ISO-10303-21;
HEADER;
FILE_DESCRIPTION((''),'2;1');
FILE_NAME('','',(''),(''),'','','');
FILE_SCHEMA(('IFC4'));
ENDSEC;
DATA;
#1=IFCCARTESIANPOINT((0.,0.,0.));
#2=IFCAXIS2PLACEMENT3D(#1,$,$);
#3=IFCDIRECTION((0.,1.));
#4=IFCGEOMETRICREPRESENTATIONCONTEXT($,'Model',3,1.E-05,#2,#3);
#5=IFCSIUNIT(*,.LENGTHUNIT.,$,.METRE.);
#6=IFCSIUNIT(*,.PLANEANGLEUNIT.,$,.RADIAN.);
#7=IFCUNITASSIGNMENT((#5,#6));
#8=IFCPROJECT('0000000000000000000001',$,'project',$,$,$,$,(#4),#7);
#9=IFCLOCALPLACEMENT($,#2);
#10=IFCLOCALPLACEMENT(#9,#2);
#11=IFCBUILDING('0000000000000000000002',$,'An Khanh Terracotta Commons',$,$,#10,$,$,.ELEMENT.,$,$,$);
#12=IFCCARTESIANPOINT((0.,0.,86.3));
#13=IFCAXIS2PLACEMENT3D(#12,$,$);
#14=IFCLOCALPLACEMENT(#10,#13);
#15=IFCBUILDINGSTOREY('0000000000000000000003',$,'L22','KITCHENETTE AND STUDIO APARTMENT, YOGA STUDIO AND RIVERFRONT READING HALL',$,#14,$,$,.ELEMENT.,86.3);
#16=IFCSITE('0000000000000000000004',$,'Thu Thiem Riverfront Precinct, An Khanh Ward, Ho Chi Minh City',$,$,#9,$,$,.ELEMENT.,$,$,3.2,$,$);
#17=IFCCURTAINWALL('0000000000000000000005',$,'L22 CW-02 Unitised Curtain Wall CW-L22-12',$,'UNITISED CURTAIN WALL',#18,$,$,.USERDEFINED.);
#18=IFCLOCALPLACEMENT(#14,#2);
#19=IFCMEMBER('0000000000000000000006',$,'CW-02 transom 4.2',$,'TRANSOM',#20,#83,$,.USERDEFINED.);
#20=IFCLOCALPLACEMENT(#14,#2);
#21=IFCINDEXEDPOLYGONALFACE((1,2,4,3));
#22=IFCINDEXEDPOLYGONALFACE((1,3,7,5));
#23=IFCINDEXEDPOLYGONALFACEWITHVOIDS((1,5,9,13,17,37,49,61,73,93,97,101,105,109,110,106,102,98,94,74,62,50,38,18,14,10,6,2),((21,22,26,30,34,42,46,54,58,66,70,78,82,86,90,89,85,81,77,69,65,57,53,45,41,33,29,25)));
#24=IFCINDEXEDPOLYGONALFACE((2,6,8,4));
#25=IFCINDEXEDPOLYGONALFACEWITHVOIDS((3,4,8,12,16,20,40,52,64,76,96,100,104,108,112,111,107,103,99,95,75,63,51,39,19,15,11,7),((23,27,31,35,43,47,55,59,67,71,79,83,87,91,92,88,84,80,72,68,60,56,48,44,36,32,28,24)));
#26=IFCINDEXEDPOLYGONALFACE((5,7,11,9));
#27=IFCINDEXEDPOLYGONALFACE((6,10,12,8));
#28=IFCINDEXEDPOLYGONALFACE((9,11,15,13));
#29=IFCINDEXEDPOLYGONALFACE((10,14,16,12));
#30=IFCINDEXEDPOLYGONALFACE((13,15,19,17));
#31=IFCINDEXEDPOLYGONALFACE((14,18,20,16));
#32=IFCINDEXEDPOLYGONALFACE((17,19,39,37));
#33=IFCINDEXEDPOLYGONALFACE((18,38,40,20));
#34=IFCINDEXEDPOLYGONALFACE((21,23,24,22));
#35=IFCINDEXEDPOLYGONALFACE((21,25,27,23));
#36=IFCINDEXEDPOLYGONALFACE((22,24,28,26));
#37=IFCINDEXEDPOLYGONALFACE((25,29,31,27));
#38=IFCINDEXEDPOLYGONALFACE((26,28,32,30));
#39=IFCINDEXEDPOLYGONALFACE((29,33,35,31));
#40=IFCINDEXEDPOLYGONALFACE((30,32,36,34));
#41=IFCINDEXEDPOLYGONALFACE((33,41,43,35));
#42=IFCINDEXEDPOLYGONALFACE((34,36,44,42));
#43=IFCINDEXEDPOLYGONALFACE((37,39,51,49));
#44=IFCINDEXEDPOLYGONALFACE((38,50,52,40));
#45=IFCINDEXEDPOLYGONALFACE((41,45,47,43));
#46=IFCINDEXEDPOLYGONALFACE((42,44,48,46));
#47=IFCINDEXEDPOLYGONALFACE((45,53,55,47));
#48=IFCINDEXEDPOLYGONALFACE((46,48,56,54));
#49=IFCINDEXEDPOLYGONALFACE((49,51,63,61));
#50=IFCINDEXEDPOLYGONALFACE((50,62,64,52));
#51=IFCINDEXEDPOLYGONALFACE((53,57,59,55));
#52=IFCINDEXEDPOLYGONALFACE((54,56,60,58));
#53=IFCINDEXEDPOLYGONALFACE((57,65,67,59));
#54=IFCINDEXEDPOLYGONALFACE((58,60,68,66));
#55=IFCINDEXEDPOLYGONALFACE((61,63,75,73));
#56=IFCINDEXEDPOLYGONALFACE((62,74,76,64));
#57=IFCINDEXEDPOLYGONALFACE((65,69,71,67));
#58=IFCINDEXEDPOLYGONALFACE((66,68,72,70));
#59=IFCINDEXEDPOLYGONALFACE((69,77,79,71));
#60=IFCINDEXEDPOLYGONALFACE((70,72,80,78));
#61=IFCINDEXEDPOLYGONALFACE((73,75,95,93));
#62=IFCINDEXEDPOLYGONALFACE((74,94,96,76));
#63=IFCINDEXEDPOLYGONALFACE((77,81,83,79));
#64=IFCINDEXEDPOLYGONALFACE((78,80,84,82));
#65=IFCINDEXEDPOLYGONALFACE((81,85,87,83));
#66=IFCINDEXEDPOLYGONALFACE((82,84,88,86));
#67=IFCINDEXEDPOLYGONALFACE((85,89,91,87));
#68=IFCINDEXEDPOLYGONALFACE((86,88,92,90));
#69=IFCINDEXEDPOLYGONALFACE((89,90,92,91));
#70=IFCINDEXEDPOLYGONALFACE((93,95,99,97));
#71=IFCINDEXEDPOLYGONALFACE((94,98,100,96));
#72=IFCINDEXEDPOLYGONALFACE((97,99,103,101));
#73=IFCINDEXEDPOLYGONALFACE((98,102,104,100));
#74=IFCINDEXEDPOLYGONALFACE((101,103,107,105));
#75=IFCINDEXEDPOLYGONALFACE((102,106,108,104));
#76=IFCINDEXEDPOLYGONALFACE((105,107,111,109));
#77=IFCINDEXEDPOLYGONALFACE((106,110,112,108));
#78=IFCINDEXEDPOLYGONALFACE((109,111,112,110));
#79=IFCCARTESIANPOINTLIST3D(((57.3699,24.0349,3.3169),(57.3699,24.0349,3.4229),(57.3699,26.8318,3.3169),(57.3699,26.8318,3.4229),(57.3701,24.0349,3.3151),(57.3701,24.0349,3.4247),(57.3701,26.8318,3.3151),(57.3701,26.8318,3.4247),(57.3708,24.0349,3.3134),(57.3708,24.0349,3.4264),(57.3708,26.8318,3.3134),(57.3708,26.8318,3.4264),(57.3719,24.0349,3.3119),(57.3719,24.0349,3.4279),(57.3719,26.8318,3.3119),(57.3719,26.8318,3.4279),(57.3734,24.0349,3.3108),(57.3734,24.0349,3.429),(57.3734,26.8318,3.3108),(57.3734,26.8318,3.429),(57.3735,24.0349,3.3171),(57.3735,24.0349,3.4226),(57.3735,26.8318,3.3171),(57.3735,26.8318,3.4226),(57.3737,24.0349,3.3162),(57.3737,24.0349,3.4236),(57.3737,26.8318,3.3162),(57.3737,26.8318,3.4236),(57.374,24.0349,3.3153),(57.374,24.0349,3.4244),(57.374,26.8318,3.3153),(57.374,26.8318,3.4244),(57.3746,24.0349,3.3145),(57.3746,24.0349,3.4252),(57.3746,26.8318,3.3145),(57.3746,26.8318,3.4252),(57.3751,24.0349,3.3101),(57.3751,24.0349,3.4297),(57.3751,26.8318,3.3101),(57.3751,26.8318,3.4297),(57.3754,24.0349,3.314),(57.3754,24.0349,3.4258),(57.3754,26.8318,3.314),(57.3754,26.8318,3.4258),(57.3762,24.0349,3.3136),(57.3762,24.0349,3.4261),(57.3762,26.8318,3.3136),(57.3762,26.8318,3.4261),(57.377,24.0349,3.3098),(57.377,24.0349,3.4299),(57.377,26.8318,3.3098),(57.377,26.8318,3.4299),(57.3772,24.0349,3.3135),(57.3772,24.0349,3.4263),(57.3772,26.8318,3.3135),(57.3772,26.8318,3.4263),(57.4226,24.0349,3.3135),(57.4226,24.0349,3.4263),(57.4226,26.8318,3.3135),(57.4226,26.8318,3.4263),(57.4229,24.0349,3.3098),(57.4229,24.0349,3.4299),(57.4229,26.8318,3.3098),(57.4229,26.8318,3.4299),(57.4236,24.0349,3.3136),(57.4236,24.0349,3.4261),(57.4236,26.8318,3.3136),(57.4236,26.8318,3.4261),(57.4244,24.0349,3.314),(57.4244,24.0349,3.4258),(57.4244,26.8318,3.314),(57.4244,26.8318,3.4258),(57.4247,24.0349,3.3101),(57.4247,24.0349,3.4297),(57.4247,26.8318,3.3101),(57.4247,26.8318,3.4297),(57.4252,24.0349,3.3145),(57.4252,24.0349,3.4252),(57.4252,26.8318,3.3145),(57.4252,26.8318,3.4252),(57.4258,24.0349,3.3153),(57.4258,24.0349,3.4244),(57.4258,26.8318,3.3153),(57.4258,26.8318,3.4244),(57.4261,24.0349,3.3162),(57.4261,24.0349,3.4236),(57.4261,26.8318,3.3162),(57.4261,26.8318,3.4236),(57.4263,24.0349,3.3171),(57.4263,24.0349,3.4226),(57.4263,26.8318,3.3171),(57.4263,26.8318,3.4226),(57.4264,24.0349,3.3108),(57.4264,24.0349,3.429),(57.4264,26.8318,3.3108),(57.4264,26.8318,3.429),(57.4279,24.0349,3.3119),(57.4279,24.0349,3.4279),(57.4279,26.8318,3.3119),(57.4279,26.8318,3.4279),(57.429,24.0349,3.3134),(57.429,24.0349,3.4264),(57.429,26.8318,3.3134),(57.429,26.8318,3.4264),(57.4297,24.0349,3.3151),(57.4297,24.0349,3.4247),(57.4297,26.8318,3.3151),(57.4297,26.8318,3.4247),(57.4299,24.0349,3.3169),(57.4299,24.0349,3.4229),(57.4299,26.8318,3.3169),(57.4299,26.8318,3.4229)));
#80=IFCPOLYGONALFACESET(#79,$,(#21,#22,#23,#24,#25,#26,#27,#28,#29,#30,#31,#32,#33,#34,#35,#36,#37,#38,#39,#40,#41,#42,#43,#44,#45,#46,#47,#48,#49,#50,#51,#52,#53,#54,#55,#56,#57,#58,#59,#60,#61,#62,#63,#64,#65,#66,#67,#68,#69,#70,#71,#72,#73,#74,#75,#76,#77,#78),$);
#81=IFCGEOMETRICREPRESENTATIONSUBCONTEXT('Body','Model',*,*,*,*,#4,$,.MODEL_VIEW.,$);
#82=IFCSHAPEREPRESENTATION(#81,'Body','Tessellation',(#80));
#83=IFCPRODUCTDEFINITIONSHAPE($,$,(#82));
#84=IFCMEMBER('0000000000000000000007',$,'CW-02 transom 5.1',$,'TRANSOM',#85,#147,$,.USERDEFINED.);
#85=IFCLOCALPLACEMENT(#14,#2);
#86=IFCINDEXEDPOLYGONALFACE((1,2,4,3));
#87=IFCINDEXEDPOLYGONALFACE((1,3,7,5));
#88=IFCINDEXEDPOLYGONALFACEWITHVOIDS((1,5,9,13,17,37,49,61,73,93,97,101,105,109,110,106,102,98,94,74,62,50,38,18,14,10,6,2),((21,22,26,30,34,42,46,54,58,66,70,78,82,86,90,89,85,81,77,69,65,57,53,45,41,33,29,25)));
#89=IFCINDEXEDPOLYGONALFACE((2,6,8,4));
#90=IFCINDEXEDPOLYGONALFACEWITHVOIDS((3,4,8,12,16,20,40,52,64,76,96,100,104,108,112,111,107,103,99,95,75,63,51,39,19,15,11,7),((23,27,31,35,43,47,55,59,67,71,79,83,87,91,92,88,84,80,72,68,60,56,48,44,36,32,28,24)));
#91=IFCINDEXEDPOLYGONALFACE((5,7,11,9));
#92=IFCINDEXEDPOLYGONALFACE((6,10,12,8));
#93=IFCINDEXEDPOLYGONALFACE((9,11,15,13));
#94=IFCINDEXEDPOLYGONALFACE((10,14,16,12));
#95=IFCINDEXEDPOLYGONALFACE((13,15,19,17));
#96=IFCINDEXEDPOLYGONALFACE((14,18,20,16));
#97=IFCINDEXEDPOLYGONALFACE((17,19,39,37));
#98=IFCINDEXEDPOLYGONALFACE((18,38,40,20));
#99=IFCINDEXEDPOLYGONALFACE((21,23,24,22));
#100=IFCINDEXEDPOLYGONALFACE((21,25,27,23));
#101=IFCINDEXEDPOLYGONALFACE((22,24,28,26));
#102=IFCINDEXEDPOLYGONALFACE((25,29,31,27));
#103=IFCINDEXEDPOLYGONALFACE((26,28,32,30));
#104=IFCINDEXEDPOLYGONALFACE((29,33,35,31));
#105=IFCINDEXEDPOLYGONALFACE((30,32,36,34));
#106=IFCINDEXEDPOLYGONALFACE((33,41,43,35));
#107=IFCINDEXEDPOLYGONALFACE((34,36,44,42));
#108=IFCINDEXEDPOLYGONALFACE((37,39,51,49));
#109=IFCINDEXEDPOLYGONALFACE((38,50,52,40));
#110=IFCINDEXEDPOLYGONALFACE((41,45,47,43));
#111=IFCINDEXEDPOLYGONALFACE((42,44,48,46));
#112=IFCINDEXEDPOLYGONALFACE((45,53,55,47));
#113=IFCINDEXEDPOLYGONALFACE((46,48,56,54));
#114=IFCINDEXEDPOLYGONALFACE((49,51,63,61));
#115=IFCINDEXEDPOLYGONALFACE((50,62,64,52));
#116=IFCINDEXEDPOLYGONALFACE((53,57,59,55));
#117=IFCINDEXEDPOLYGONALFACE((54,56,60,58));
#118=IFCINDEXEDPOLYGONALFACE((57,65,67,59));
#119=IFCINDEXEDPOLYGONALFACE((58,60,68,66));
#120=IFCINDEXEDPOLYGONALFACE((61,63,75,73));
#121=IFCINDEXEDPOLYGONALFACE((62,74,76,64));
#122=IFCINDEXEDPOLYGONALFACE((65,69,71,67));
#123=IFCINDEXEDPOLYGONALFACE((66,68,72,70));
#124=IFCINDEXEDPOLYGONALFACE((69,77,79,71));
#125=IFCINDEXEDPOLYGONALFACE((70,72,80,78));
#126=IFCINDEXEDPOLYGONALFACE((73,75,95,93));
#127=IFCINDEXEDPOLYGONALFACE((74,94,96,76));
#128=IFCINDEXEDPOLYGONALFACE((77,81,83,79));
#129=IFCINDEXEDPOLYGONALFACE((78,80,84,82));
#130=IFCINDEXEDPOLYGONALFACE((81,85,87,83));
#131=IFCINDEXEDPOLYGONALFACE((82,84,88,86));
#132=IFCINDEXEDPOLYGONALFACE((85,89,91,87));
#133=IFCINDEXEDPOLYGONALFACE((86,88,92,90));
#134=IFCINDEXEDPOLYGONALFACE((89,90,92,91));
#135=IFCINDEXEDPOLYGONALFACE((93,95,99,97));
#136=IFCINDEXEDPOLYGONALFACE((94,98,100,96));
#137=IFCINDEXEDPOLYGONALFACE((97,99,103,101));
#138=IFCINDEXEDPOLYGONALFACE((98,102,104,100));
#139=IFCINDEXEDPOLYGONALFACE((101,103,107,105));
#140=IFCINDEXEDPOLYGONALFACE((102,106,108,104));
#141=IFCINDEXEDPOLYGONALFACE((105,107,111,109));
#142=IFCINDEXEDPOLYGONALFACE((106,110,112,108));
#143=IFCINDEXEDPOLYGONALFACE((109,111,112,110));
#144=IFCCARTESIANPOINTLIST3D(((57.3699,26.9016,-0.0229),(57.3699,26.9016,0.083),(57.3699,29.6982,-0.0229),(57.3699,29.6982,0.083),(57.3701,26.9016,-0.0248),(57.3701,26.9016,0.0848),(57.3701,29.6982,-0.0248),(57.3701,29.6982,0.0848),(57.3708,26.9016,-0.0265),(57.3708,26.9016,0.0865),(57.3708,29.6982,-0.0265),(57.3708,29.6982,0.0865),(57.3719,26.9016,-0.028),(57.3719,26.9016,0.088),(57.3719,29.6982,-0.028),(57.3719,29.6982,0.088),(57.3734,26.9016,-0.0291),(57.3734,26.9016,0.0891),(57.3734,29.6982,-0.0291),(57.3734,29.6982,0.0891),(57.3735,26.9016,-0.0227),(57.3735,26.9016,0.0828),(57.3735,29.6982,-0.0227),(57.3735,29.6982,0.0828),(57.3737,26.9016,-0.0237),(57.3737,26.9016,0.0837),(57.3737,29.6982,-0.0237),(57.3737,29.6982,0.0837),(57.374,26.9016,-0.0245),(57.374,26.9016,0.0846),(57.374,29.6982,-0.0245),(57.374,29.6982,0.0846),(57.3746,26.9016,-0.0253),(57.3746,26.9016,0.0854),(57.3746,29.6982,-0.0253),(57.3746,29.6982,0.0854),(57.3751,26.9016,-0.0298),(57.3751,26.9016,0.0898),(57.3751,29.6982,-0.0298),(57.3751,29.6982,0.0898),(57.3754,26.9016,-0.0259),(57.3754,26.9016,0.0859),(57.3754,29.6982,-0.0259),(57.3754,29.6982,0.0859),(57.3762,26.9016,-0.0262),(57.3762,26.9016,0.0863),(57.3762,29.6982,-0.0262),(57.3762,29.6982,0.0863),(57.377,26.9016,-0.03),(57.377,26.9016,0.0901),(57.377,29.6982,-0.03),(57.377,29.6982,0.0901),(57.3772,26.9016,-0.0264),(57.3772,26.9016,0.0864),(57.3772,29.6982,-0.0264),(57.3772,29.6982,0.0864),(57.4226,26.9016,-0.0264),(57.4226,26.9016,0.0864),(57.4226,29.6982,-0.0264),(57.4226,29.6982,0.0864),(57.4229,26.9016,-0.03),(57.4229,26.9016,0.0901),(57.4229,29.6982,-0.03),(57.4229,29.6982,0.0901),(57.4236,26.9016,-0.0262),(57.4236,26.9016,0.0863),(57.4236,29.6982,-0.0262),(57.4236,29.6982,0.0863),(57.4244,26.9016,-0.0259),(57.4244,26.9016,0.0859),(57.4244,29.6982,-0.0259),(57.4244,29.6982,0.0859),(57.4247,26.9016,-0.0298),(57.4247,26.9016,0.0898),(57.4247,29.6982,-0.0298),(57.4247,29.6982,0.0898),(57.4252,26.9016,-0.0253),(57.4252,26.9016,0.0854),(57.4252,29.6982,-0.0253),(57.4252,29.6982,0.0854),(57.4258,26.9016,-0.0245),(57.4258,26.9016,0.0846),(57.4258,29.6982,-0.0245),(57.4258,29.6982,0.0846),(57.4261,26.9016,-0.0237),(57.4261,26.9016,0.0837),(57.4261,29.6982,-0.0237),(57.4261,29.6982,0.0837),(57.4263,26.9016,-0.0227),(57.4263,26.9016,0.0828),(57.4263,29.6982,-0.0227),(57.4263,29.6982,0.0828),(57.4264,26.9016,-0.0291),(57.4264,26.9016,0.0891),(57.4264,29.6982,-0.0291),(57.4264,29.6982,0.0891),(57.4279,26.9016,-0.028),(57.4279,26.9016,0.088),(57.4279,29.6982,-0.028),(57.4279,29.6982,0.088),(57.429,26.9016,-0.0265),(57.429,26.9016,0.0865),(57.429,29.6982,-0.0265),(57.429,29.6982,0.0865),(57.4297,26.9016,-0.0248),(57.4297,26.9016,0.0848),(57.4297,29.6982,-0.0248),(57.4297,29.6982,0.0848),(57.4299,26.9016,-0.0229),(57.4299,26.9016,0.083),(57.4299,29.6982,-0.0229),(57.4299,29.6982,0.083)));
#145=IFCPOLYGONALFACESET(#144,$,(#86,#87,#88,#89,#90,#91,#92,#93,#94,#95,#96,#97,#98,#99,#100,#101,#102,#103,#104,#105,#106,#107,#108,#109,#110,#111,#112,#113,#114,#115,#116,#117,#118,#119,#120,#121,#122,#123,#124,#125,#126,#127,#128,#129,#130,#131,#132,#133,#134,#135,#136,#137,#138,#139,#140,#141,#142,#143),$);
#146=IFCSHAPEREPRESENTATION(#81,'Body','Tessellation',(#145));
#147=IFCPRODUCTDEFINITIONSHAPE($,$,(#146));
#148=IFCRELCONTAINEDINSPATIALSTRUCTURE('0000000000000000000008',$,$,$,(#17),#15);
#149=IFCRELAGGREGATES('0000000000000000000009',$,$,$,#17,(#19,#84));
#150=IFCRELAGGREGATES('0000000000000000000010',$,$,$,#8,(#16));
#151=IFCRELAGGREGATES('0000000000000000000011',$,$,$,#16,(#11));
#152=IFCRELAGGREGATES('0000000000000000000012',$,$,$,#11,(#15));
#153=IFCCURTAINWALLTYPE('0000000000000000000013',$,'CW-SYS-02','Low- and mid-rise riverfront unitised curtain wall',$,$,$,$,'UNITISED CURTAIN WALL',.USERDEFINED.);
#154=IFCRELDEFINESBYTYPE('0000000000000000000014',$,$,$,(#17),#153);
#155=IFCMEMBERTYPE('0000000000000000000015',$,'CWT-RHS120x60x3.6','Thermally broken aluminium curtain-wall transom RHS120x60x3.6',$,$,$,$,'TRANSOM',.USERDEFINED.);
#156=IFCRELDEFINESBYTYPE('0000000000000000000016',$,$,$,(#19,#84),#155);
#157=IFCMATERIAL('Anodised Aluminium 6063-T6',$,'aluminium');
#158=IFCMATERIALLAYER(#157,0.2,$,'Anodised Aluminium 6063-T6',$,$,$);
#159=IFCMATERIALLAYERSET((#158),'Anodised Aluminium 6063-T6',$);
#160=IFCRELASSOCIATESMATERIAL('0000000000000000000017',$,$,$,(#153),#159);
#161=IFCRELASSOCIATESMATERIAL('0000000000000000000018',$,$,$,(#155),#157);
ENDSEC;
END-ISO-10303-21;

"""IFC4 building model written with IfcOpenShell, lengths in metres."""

from ifc_helpers import new_model, si_unit, direction, frame, origin, origin_2d, place, context, subcontext, project, spatial, hollow_rectangle, extrude, material, layer, layer_set, material_profile, profile_set, type_object, element, aggregate, save


model = new_model("IFC4")

# Units and contexts
model_context = context("Model", 3, precision=1e-05, world=origin(), true_north=direction((0.0, 1.0)))
body_context = subcontext(model_context, "Body", "Model", "MODEL_VIEW")
ifc_project = project(units=[si_unit("LENGTHUNIT", "METRE"), si_unit("PLANEANGLEUNIT", "RADIAN")], contexts=[model_context])

# Site, building, storey
site_placement = place(None, origin())
site = spatial("IfcSite", under=ifc_project, at=site_placement, Name="Thu Thiem Riverfront Precinct, An Khanh Ward, Ho Chi Minh City", CompositionType="ELEMENT", RefElevation=3.2)
building_placement = place(site_placement, origin())
building = spatial("IfcBuilding", under=site, at=building_placement, Name="An Khanh Terracotta Commons", CompositionType="ELEMENT")
storey_placement = place(building_placement, frame((0.0, 0.0, 86.3)))
storey = spatial("IfcBuildingStorey", under=building, at=storey_placement, Name="L22", Description="KITCHENETTE AND STUDIO APARTMENT, YOGA STUDIO AND RIVERFRONT READING HALL", CompositionType="ELEMENT", Elevation=86.3)

# Curtain wall, members
ifc_material_1 = material(Name="Anodised Aluminium 6063-T6", Category="aluminium")
ifc_layer_1 = layer(ifc_material_1, 0.2, Name="Anodised Aluminium 6063-T6")
ifc_layer_set_1 = layer_set([ifc_layer_1], Name="Anodised Aluminium 6063-T6")
curtain_wall_type = type_object("IfcCurtainWallType", Name="CW-SYS-02", Description="Low- and mid-rise riverfront unitised curtain wall", ElementType="UNITISED CURTAIN WALL", PredefinedType="USERDEFINED", material=ifc_layer_set_1)
curtain_wall_placement = place(storey_placement, origin())
curtain_wall = element("IfcCurtainWall", 1, at=curtain_wall_placement, inside=storey, type_object=curtain_wall_type, Name="L22 CW-02 Unitised Curtain Wall CW-L22-12", ObjectType="UNITISED CURTAIN WALL", PredefinedType="USERDEFINED")
ifc_material_profile_1 = material_profile(ifc_material_1, hollow_rectangle(XDim=0.0601, YDim=0.1201, WallThickness=0.0037, InnerFilletRadius=0.0037, OuterFilletRadius=0.0071, at=origin_2d()), Name="RHS120x60x3.6")
ifc_profile_set_1 = profile_set([ifc_material_profile_1], Name="Anodised Aluminium 6063-T6")
member_type_1 = type_object("IfcMemberType", Name="CWT-RHS120x60x3.6", Description="Thermally broken aluminium curtain-wall transom RHS120x60x3.6", ElementType="TRANSOM", PredefinedType="USERDEFINED", material=ifc_profile_set_1)
member_1_placement = place(storey_placement, frame((57.3999, 24.0349, 3.3699), z_axis=(0.0, 1.0, 0.0), x_axis=(-1.0, 0.0, 0.0)))
member_1 = element("IfcMember", 2, at=member_1_placement, type_object=member_type_1, Name="CW-02 transom 4.2", ObjectType="TRANSOM", PredefinedType="USERDEFINED", context=body_context, shape_type="SweptSolid", body=[
    extrude(hollow_rectangle(XDim=0.0601, YDim=0.1201, WallThickness=0.0037, InnerFilletRadius=0.0037, OuterFilletRadius=0.0071, at=origin_2d()), origin(), (0.0, 0.0, 1.0), 2.7969),
])
member_2_placement = place(storey_placement, frame((57.3999, 26.9016, 0.03), z_axis=(0.0, 1.0, 0.0), x_axis=(-1.0, 0.0, 0.0)))
member_2 = element("IfcMember", 3, at=member_2_placement, type_object=member_type_1, Name="CW-02 transom 5.1", ObjectType="TRANSOM", PredefinedType="USERDEFINED", context=body_context, shape_type="SweptSolid", body=[
    extrude(hollow_rectangle(XDim=0.0601, YDim=0.1201, WallThickness=0.0037, InnerFilletRadius=0.0037, OuterFilletRadius=0.0071, at=origin_2d()), origin(), (0.0, 0.0, 1.0), 2.7966),
])
aggregate(curtain_wall, [member_1, member_2])

save(model, "model.ifc")
